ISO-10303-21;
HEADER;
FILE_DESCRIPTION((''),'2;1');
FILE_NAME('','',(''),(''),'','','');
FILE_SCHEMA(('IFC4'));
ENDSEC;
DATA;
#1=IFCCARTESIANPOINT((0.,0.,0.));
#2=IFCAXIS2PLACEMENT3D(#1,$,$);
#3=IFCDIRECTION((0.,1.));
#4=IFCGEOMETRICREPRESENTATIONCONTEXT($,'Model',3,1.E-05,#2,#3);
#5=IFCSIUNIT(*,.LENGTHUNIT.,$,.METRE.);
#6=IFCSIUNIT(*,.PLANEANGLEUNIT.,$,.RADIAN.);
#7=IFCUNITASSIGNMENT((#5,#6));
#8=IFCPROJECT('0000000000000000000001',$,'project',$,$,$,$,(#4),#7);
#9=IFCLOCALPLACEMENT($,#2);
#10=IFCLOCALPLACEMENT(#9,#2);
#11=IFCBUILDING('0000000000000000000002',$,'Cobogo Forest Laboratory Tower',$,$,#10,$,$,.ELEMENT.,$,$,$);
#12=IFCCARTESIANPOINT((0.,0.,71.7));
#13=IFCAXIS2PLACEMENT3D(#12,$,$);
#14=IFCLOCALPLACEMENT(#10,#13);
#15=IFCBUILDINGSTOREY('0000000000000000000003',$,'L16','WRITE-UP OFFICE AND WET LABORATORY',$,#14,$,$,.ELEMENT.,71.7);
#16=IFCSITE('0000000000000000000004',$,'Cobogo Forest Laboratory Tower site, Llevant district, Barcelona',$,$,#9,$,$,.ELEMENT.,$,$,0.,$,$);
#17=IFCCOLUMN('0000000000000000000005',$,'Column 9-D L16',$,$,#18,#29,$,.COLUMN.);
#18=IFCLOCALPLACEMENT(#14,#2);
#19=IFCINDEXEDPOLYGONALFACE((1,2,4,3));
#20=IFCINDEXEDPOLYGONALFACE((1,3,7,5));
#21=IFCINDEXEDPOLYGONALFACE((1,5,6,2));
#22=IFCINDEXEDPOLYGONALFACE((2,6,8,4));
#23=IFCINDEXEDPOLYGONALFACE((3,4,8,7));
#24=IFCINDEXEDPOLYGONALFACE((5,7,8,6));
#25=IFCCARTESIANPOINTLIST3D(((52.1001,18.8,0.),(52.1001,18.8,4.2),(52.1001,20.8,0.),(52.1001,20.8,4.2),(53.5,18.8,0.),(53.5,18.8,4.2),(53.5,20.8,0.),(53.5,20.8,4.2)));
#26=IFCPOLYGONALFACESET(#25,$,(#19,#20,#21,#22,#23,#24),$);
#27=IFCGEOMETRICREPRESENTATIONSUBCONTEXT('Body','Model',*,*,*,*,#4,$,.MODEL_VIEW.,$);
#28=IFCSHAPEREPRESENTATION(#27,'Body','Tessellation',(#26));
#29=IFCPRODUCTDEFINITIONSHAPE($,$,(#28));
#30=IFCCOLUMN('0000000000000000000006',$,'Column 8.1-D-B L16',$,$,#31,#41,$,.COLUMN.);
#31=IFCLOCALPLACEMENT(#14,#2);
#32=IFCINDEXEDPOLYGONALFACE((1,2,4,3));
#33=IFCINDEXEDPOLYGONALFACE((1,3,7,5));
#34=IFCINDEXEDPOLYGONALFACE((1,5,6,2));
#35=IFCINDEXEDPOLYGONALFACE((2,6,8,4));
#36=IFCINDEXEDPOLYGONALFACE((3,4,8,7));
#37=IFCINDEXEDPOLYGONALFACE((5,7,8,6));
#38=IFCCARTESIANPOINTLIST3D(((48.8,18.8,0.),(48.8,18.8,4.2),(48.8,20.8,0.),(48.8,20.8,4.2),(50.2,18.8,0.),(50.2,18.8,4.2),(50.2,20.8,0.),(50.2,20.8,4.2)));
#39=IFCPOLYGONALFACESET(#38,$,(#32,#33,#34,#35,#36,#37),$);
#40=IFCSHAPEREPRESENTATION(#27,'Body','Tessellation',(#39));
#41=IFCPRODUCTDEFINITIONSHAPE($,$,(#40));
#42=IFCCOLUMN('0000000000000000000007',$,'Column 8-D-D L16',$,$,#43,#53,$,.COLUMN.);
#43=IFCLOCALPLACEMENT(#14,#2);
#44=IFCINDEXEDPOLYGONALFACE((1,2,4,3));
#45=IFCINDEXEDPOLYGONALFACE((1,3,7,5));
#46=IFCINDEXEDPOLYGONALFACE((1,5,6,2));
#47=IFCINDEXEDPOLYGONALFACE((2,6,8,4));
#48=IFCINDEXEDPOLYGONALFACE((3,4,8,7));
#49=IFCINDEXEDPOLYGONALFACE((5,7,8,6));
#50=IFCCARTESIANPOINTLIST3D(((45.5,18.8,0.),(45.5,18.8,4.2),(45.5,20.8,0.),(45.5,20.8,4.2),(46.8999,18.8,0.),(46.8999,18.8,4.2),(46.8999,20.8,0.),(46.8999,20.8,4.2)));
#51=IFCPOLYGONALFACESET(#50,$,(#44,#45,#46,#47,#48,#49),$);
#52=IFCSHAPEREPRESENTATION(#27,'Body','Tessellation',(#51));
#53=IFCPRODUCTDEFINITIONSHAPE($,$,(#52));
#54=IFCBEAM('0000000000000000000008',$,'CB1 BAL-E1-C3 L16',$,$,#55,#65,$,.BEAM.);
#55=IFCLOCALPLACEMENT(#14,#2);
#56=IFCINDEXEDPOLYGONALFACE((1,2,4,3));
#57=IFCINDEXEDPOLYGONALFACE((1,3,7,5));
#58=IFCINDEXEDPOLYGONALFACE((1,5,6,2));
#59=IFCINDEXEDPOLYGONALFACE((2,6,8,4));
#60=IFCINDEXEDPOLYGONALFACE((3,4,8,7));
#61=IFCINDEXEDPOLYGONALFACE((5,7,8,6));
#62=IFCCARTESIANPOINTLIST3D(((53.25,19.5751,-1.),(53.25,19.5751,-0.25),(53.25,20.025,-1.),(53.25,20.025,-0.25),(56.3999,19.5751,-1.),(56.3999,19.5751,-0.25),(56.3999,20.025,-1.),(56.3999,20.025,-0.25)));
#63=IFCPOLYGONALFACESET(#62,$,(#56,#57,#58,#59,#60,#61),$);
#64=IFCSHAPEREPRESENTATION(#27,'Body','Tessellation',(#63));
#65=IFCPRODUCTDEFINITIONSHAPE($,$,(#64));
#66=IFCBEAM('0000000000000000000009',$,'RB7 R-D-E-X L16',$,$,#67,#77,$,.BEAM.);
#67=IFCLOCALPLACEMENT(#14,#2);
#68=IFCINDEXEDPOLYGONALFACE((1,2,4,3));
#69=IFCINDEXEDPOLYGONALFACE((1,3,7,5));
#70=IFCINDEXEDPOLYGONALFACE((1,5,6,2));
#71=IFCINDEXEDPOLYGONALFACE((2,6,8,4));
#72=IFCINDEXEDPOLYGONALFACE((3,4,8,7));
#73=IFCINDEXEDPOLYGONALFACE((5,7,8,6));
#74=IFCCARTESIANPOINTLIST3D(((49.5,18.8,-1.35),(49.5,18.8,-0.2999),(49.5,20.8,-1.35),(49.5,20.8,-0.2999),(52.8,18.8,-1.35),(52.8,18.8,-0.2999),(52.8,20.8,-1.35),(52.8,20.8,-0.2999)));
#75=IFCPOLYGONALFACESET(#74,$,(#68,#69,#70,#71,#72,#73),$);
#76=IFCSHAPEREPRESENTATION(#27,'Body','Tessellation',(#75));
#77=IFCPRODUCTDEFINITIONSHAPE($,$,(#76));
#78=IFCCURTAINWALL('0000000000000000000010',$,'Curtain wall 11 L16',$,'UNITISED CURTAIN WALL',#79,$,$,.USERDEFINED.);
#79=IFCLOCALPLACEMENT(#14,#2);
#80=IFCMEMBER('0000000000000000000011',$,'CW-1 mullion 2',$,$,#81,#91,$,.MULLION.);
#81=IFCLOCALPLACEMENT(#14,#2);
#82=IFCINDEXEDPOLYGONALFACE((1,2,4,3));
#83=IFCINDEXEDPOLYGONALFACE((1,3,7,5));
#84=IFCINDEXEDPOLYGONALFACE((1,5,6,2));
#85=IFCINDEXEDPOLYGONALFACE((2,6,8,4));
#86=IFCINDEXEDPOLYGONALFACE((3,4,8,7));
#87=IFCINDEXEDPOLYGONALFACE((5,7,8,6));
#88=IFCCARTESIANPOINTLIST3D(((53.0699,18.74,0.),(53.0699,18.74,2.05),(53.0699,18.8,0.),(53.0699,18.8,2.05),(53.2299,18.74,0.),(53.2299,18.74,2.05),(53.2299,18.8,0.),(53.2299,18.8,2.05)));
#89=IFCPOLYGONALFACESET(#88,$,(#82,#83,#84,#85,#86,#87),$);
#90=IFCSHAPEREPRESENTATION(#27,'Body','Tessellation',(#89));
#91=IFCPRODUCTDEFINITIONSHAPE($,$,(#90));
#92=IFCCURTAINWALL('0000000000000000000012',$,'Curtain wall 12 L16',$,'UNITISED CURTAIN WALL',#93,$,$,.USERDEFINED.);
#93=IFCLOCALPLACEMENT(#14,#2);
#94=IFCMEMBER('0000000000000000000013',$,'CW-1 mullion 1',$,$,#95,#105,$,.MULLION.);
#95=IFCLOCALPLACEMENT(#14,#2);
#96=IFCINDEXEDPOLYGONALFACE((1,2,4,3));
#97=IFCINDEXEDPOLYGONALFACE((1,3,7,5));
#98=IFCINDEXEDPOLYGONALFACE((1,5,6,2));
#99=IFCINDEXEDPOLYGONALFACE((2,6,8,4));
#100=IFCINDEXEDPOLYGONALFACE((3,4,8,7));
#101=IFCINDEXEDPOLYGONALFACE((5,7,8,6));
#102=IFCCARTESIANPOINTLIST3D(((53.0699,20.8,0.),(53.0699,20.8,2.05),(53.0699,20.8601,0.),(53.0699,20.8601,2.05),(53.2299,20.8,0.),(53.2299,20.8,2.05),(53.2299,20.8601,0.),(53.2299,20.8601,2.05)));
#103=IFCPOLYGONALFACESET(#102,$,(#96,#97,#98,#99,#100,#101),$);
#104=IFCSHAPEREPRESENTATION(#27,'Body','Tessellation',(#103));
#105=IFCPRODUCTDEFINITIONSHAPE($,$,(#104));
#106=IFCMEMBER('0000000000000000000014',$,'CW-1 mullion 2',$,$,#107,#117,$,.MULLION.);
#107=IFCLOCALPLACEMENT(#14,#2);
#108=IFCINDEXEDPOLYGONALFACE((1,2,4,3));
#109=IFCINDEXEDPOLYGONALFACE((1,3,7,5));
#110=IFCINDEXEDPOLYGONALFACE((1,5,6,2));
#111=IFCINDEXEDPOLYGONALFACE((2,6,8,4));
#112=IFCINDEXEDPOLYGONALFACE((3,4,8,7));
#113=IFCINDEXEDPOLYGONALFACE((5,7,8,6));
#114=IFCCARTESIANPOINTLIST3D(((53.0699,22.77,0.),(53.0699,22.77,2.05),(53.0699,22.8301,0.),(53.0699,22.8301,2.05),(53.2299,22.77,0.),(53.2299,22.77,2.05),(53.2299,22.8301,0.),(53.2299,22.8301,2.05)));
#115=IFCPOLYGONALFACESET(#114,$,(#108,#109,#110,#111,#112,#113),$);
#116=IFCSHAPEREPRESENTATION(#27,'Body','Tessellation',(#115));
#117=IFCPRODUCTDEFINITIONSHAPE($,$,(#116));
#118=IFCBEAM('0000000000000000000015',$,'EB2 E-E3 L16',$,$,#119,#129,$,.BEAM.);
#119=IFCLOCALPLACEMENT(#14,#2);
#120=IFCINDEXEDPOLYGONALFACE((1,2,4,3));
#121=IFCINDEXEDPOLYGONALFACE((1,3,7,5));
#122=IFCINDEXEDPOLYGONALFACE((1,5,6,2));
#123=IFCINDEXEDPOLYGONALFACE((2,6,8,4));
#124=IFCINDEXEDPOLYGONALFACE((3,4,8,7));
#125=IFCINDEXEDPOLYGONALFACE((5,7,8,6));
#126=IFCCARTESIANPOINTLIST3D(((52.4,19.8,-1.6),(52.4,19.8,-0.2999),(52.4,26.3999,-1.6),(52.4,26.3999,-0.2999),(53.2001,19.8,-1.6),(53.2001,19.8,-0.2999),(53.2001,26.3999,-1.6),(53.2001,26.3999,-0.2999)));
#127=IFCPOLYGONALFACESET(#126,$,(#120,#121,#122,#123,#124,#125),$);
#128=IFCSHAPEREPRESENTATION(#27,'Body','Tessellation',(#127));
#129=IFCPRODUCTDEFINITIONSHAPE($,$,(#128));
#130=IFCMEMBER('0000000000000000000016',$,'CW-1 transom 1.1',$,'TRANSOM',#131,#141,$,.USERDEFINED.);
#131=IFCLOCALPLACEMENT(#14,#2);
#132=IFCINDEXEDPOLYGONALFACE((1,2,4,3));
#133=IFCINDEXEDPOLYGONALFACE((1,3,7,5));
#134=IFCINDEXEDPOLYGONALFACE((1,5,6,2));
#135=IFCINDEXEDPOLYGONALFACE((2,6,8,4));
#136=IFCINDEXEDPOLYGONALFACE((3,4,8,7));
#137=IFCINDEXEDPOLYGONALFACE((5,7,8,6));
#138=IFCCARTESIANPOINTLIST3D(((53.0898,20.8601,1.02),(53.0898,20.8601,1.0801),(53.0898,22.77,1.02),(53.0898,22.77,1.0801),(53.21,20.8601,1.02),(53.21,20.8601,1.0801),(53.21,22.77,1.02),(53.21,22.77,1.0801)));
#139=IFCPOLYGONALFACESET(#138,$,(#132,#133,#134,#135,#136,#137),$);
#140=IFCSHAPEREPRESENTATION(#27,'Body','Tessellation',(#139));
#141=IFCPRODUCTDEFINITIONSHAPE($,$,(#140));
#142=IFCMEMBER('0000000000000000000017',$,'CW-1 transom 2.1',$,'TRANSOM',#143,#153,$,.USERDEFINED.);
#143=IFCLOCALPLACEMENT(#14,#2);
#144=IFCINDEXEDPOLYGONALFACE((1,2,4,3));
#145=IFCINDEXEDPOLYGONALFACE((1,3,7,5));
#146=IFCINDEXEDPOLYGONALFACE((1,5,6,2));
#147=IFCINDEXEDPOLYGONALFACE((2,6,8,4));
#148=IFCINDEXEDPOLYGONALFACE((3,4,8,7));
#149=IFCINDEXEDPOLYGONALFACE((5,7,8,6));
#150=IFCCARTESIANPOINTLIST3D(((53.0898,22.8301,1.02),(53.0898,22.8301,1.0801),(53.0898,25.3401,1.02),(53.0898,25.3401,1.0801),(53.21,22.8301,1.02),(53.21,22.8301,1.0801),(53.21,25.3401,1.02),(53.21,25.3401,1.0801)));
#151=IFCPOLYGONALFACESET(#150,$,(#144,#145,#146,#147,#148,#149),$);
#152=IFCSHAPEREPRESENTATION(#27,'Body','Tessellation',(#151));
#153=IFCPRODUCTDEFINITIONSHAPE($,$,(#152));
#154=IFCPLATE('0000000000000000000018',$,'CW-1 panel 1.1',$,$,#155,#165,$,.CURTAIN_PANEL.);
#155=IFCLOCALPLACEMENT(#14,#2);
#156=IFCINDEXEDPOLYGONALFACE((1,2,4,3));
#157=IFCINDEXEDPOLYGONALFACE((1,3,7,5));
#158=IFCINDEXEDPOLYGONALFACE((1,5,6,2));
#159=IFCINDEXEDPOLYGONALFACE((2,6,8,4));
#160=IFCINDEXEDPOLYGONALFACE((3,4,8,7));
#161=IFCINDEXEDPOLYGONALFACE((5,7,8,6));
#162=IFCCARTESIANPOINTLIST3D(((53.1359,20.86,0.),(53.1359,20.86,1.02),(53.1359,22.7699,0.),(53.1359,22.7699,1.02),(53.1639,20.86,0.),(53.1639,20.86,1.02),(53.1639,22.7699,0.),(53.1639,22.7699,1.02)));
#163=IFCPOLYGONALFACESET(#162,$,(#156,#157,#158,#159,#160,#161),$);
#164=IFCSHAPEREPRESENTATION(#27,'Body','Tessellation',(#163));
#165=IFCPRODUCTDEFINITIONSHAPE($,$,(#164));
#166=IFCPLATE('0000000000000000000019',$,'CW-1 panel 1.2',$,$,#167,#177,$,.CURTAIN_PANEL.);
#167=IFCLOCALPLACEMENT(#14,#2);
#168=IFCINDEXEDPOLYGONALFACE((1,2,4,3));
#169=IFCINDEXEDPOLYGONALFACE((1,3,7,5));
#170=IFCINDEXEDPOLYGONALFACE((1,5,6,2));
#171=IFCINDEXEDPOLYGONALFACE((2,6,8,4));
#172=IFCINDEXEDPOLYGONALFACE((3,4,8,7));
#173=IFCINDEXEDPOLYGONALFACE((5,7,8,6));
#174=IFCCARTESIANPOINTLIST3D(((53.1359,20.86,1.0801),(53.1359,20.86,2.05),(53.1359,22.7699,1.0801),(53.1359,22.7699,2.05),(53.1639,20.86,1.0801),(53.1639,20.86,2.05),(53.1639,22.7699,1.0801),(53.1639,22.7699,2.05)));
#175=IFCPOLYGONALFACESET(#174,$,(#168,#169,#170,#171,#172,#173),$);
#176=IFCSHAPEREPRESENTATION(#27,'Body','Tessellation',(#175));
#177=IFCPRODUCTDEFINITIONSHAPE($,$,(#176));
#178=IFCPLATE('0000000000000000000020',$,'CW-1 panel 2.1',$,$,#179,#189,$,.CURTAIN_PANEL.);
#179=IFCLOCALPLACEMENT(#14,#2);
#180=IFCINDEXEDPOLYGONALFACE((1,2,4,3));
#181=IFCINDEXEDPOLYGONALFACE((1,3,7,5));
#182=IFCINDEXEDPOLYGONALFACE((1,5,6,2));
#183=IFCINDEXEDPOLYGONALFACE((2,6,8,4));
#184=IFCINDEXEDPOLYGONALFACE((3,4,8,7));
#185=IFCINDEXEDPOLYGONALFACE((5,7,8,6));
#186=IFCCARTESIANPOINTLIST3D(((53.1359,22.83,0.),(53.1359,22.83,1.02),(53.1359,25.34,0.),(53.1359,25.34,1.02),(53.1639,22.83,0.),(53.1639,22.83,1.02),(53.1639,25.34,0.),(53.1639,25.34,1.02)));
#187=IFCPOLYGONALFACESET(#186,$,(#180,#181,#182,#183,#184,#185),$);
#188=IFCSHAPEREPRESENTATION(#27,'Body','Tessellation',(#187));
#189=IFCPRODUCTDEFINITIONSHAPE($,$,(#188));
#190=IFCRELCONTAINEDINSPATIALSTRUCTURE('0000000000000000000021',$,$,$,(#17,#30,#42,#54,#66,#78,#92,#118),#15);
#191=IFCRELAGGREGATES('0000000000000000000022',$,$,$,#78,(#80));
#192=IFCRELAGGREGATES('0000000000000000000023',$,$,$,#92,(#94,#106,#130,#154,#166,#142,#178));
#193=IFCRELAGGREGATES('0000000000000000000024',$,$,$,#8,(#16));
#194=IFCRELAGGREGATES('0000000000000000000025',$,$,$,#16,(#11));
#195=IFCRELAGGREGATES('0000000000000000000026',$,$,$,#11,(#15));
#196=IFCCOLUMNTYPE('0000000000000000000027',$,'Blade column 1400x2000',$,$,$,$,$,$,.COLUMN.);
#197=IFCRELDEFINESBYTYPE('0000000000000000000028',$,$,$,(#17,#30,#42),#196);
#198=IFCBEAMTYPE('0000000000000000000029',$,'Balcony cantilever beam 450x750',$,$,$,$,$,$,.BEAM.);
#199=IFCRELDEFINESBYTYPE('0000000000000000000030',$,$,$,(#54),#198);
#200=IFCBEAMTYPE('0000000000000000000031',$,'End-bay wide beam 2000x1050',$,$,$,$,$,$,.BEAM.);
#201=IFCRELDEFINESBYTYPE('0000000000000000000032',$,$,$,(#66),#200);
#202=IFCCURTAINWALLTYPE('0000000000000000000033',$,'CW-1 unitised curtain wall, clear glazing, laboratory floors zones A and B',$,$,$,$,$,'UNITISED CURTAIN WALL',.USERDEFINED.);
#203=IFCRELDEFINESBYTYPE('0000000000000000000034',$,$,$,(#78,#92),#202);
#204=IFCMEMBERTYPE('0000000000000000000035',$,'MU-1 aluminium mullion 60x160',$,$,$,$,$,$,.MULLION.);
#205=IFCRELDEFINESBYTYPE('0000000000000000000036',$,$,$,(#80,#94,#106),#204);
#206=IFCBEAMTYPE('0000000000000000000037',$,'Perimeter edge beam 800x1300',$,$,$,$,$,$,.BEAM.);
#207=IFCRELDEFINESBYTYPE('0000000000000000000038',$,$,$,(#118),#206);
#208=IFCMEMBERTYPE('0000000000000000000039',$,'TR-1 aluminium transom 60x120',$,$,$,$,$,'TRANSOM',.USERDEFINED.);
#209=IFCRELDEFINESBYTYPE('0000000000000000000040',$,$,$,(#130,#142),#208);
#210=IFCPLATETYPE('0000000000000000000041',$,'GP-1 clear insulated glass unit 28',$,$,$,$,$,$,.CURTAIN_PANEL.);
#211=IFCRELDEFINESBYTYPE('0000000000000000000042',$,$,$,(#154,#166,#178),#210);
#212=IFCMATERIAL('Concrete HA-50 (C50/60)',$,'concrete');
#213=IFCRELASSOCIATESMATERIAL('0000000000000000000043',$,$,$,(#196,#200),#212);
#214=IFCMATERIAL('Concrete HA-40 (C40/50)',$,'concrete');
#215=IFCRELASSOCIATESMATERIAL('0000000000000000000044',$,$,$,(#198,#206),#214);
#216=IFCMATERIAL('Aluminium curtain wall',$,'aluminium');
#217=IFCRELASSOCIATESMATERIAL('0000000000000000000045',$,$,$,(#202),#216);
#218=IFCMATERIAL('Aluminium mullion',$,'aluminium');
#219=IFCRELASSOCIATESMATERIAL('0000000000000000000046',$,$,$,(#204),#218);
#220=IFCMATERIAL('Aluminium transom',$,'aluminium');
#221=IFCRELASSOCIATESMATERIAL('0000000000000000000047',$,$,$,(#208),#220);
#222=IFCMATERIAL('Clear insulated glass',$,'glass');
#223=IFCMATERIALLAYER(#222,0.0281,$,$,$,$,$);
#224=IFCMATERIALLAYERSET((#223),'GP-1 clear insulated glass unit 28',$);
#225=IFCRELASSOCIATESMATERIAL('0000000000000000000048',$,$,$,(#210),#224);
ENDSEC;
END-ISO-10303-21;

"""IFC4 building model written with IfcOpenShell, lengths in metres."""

from ifc_helpers import new_model, si_unit, direction, frame, origin, origin_2d, place, context, subcontext, project, spatial, rectangle, extrude, material, layer, layer_set, material_profile, profile_set, type_object, element, aggregate, save


model = new_model("IFC4")

# Units and contexts
model_context = context("Model", 3, precision=1e-05, world=origin(), true_north=direction((0.0, 1.0)))
body_context = subcontext(model_context, "Body", "Model", "MODEL_VIEW")
ifc_project = project(units=[si_unit("LENGTHUNIT", "METRE"), si_unit("PLANEANGLEUNIT", "RADIAN")], contexts=[model_context])

# Site, building, storey
site_placement = place(None, origin())
site = spatial("IfcSite", under=ifc_project, at=site_placement, Name="Cobogo Forest Laboratory Tower site, Llevant district, Barcelona", CompositionType="ELEMENT", RefElevation=0.0)
building_placement = place(site_placement, origin())
building = spatial("IfcBuilding", under=site, at=building_placement, Name="Cobogo Forest Laboratory Tower", CompositionType="ELEMENT")
storey_placement = place(building_placement, frame((0.0, 0.0, 71.7)))
storey = spatial("IfcBuildingStorey", under=building, at=storey_placement, Name="L16", Description="WRITE-UP OFFICE AND WET LABORATORY", CompositionType="ELEMENT", Elevation=71.7)

# Columns
ifc_material_1 = material(Name="Concrete HA-50 (C50/60)", Category="concrete")
ifc_material_profile_1 = material_profile(ifc_material_1, rectangle(XDim=2.0, YDim=1.3999, at=origin_2d()), Name="RC 1400x2000")
ifc_profile_set_1 = profile_set([ifc_material_profile_1], Name="Concrete HA-50 (C50/60)")
column_type = type_object("IfcColumnType", Name="Blade column 1400x2000", PredefinedType="COLUMN", material=ifc_profile_set_1)
for number, where, z_axis, x_axis, name in (
    (1, (52.8, 19.8, 0.0), (0.0, 0.0, 1.0), (0.0, 1.0, 0.0), "Column 9-D L16"),
    (2, (49.5, 19.8, 0.0), (0.0, 0.0, 1.0), (0.0, 1.0, 0.0), "Column 8.1-D-B L16"),
    (3, (46.2, 19.8, 0.0), (0.0, 0.0, 1.0), (0.0, 1.0, 0.0), "Column 8-D-D L16"),
):
    element("IfcColumn", number, at=place(storey_placement, frame(where, z_axis=z_axis, x_axis=x_axis)), inside=storey, type_object=column_type, Name=name, PredefinedType="COLUMN", context=body_context, shape_type="SweptSolid", body=[
        extrude(rectangle(XDim=2.0, YDim=1.3999, at=origin_2d()), origin(), (0.0, 0.0, 1.0), 4.2),
    ])

# Beams
ifc_material_2 = material(Name="Concrete HA-40 (C40/50)", Category="concrete")
ifc_material_profile_2 = material_profile(ifc_material_2, rectangle(XDim=0.45, YDim=0.75, at=origin_2d()), Name="RC 450x750")
ifc_profile_set_2 = profile_set([ifc_material_profile_2], Name="Concrete HA-40 (C40/50)")
beam_type_1 = type_object("IfcBeamType", Name="Balcony cantilever beam 450x750", PredefinedType="BEAM", material=ifc_profile_set_2)
beam_1_placement = place(storey_placement, frame((53.25, 19.8, -0.625), z_axis=(1.0, 0.0, 0.0), x_axis=(0.0, 1.0, 0.0)))
element("IfcBeam", 4, at=beam_1_placement, inside=storey, type_object=beam_type_1, Name="CB1 BAL-E1-C3 L16", PredefinedType="BEAM", context=body_context, shape_type="SweptSolid", body=[
    extrude(rectangle(XDim=0.45, YDim=0.75, at=origin_2d()), origin(), (0.0, 0.0, 1.0), 3.1499),
])
ifc_material_profile_3 = material_profile(ifc_material_1, rectangle(XDim=2.0, YDim=1.05, at=origin_2d()), Name="RC 2000x1050")
ifc_profile_set_3 = profile_set([ifc_material_profile_3], Name="Concrete HA-50 (C50/60)")
beam_type_2 = type_object("IfcBeamType", Name="End-bay wide beam 2000x1050", PredefinedType="BEAM", material=ifc_profile_set_3)
beam_2_placement = place(storey_placement, frame((52.8, 19.8, -0.825), z_axis=(-1.0, 0.0, 0.0), x_axis=(0.0, -1.0, 0.0)))
element("IfcBeam", 5, at=beam_2_placement, inside=storey, type_object=beam_type_2, Name="RB7 R-D-E-X L16", PredefinedType="BEAM", context=body_context, shape_type="SweptSolid", body=[
    extrude(rectangle(XDim=2.0, YDim=1.05, at=origin_2d()), origin(), (0.0, 0.0, 1.0), 3.3),
])

# Curtain wall, member
ifc_material_3 = material(Name="Aluminium curtain wall", Category="aluminium")
curtain_wall_type = type_object("IfcCurtainWallType", Name="CW-1 unitised curtain wall, clear glazing, laboratory floors zones A and B", ElementType="UNITISED CURTAIN WALL", PredefinedType="USERDEFINED", material=ifc_material_3)
curtain_wall_1_placement = place(storey_placement, origin())
curtain_wall_1 = element("IfcCurtainWall", 6, at=curtain_wall_1_placement, inside=storey, type_object=curtain_wall_type, Name="Curtain wall 11 L16", ObjectType="UNITISED CURTAIN WALL", PredefinedType="USERDEFINED")
ifc_material_4 = material(Name="Aluminium mullion", Category="aluminium")
ifc_material_profile_4 = material_profile(ifc_material_4, rectangle(XDim=0.0601, YDim=0.1599, at=origin_2d()), Name="AL 60x160")
ifc_profile_set_4 = profile_set([ifc_material_profile_4], Name="Aluminium mullion")
member_type_1 = type_object("IfcMemberType", Name="MU-1 aluminium mullion 60x160", PredefinedType="MULLION", material=ifc_profile_set_4)
member_1_placement = place(storey_placement, frame((53.1499, 18.77, 0.0), z_axis=(0.0, 0.0, 1.0), x_axis=(0.0, 1.0, 0.0)))
member_1 = element("IfcMember", 7, at=member_1_placement, type_object=member_type_1, Name="CW-1 mullion 2", PredefinedType="MULLION", context=body_context, shape_type="SweptSolid", body=[
    extrude(rectangle(XDim=0.0601, YDim=0.1599, at=origin_2d()), origin(), (0.0, 0.0, 1.0), 2.05),
])
aggregate(curtain_wall_1, [member_1])

# Curtain wall, members
curtain_wall_2_placement = place(storey_placement, origin())
curtain_wall_2 = element("IfcCurtainWall", 8, at=curtain_wall_2_placement, inside=storey, type_object=curtain_wall_type, Name="Curtain wall 12 L16", ObjectType="UNITISED CURTAIN WALL", PredefinedType="USERDEFINED")
member_2_placement = place(storey_placement, frame((53.1499, 20.8301, 0.0), z_axis=(0.0, 0.0, 1.0), x_axis=(0.0, 1.0, 0.0)))
member_2 = element("IfcMember", 9, at=member_2_placement, type_object=member_type_1, Name="CW-1 mullion 1", PredefinedType="MULLION", context=body_context, shape_type="SweptSolid", body=[
    extrude(rectangle(XDim=0.0601, YDim=0.1599, at=origin_2d()), origin(), (0.0, 0.0, 1.0), 2.05),
])
member_3_placement = place(storey_placement, frame((53.1499, 22.8, 0.0), z_axis=(0.0, 0.0, 1.0), x_axis=(0.0, 1.0, 0.0)))
member_3 = element("IfcMember", 10, at=member_3_placement, type_object=member_type_1, Name="CW-1 mullion 2", PredefinedType="MULLION", context=body_context, shape_type="SweptSolid", body=[
    extrude(rectangle(XDim=0.0601, YDim=0.1599, at=origin_2d()), origin(), (0.0, 0.0, 1.0), 2.05),
])

# Beam
ifc_material_profile_5 = material_profile(ifc_material_2, rectangle(XDim=0.8, YDim=1.3, at=origin_2d()), Name="RC 800x1300")
ifc_profile_set_5 = profile_set([ifc_material_profile_5], Name="Concrete HA-40 (C40/50)")
beam_type_3 = type_object("IfcBeamType", Name="Perimeter edge beam 800x1300", PredefinedType="BEAM", material=ifc_profile_set_5)
beam_3_placement = place(storey_placement, frame((52.8, 19.8, -0.95), z_axis=(0.0, 1.0, 0.0), x_axis=(-1.0, 0.0, 0.0)))
element("IfcBeam", 11, at=beam_3_placement, inside=storey, type_object=beam_type_3, Name="EB2 E-E3 L16", PredefinedType="BEAM", context=body_context, shape_type="SweptSolid", body=[
    extrude(rectangle(XDim=0.8, YDim=1.3, at=origin_2d()), origin(), (0.0, 0.0, 1.0), 6.5999),
])

# Members
ifc_material_5 = material(Name="Aluminium transom", Category="aluminium")
ifc_material_profile_6 = material_profile(ifc_material_5, rectangle(XDim=0.1201, YDim=0.0601, at=origin_2d()), Name="AL 60x120")
ifc_profile_set_6 = profile_set([ifc_material_profile_6], Name="Aluminium transom")
member_type_2 = type_object("IfcMemberType", Name="TR-1 aluminium transom 60x120", ElementType="TRANSOM", PredefinedType="USERDEFINED", material=ifc_profile_set_6)
member_4_placement = place(storey_placement, frame((53.1499, 20.8601, 1.05), z_axis=(0.0, 1.0, 0.0), x_axis=(-1.0, 0.0, 0.0)))
member_4 = element("IfcMember", 12, at=member_4_placement, type_object=member_type_2, Name="CW-1 transom 1.1", ObjectType="TRANSOM", PredefinedType="USERDEFINED", context=body_context, shape_type="SweptSolid", body=[
    extrude(rectangle(XDim=0.1201, YDim=0.0601, at=origin_2d()), origin(), (0.0, 0.0, 1.0), 1.9099),
])
member_5_placement = place(storey_placement, frame((53.1499, 22.8301, 1.05), z_axis=(0.0, 1.0, 0.0), x_axis=(-1.0, 0.0, 0.0)))
member_5 = element("IfcMember", 13, at=member_5_placement, type_object=member_type_2, Name="CW-1 transom 2.1", ObjectType="TRANSOM", PredefinedType="USERDEFINED", context=body_context, shape_type="SweptSolid", body=[
    extrude(rectangle(XDim=0.1201, YDim=0.0601, at=origin_2d()), origin(), (0.0, 0.0, 1.0), 2.51),
])

# Plates
ifc_material_6 = material(Name="Clear insulated glass", Category="glass")
ifc_layer_1 = layer(ifc_material_6, 0.0281)
ifc_layer_set_1 = layer_set([ifc_layer_1], Name="GP-1 clear insulated glass unit 28")
plate_type_1 = type_object("IfcPlateType", Name="GP-1 clear insulated glass unit 28", PredefinedType="CURTAIN_PANEL", material=ifc_layer_set_1)
plate_1_placement = place(storey_placement, frame((53.1499, 21.8149, 0.0), z_axis=(0.0, 0.0, 1.0), x_axis=(0.0, 1.0, 0.0)))
plate_1 = element("IfcPlate", 14, at=plate_1_placement, type_object=plate_type_1, Name="CW-1 panel 1.1", PredefinedType="CURTAIN_PANEL", context=body_context, shape_type="SweptSolid", body=[
    extrude(rectangle(XDim=1.9099, YDim=0.0281, at=origin_2d()), origin(), (0.0, 0.0, 1.0), 1.02),
])
plate_2_placement = place(storey_placement, frame((53.1499, 21.8149, 1.0801), z_axis=(0.0, 0.0, 1.0), x_axis=(0.0, 1.0, 0.0)))
plate_2 = element("IfcPlate", 15, at=plate_2_placement, type_object=plate_type_1, Name="CW-1 panel 1.2", PredefinedType="CURTAIN_PANEL", context=body_context, shape_type="SweptSolid", body=[
    extrude(rectangle(XDim=1.9099, YDim=0.0281, at=origin_2d()), origin(), (0.0, 0.0, 1.0), 0.97),
])
plate_3_placement = place(storey_placement, frame((53.1499, 24.085, 0.0), z_axis=(0.0, 0.0, 1.0), x_axis=(0.0, 1.0, 0.0)))
plate_3 = element("IfcPlate", 16, at=plate_3_placement, type_object=plate_type_1, Name="CW-1 panel 2.1", PredefinedType="CURTAIN_PANEL", context=body_context, shape_type="SweptSolid", body=[
    extrude(rectangle(XDim=2.51, YDim=0.0281, at=origin_2d()), origin(), (0.0, 0.0, 1.0), 1.02),
])
aggregate(curtain_wall_2, [member_2, member_3, member_4, plate_1, plate_2, member_5, plate_3])

save(model, "model.ifc")
